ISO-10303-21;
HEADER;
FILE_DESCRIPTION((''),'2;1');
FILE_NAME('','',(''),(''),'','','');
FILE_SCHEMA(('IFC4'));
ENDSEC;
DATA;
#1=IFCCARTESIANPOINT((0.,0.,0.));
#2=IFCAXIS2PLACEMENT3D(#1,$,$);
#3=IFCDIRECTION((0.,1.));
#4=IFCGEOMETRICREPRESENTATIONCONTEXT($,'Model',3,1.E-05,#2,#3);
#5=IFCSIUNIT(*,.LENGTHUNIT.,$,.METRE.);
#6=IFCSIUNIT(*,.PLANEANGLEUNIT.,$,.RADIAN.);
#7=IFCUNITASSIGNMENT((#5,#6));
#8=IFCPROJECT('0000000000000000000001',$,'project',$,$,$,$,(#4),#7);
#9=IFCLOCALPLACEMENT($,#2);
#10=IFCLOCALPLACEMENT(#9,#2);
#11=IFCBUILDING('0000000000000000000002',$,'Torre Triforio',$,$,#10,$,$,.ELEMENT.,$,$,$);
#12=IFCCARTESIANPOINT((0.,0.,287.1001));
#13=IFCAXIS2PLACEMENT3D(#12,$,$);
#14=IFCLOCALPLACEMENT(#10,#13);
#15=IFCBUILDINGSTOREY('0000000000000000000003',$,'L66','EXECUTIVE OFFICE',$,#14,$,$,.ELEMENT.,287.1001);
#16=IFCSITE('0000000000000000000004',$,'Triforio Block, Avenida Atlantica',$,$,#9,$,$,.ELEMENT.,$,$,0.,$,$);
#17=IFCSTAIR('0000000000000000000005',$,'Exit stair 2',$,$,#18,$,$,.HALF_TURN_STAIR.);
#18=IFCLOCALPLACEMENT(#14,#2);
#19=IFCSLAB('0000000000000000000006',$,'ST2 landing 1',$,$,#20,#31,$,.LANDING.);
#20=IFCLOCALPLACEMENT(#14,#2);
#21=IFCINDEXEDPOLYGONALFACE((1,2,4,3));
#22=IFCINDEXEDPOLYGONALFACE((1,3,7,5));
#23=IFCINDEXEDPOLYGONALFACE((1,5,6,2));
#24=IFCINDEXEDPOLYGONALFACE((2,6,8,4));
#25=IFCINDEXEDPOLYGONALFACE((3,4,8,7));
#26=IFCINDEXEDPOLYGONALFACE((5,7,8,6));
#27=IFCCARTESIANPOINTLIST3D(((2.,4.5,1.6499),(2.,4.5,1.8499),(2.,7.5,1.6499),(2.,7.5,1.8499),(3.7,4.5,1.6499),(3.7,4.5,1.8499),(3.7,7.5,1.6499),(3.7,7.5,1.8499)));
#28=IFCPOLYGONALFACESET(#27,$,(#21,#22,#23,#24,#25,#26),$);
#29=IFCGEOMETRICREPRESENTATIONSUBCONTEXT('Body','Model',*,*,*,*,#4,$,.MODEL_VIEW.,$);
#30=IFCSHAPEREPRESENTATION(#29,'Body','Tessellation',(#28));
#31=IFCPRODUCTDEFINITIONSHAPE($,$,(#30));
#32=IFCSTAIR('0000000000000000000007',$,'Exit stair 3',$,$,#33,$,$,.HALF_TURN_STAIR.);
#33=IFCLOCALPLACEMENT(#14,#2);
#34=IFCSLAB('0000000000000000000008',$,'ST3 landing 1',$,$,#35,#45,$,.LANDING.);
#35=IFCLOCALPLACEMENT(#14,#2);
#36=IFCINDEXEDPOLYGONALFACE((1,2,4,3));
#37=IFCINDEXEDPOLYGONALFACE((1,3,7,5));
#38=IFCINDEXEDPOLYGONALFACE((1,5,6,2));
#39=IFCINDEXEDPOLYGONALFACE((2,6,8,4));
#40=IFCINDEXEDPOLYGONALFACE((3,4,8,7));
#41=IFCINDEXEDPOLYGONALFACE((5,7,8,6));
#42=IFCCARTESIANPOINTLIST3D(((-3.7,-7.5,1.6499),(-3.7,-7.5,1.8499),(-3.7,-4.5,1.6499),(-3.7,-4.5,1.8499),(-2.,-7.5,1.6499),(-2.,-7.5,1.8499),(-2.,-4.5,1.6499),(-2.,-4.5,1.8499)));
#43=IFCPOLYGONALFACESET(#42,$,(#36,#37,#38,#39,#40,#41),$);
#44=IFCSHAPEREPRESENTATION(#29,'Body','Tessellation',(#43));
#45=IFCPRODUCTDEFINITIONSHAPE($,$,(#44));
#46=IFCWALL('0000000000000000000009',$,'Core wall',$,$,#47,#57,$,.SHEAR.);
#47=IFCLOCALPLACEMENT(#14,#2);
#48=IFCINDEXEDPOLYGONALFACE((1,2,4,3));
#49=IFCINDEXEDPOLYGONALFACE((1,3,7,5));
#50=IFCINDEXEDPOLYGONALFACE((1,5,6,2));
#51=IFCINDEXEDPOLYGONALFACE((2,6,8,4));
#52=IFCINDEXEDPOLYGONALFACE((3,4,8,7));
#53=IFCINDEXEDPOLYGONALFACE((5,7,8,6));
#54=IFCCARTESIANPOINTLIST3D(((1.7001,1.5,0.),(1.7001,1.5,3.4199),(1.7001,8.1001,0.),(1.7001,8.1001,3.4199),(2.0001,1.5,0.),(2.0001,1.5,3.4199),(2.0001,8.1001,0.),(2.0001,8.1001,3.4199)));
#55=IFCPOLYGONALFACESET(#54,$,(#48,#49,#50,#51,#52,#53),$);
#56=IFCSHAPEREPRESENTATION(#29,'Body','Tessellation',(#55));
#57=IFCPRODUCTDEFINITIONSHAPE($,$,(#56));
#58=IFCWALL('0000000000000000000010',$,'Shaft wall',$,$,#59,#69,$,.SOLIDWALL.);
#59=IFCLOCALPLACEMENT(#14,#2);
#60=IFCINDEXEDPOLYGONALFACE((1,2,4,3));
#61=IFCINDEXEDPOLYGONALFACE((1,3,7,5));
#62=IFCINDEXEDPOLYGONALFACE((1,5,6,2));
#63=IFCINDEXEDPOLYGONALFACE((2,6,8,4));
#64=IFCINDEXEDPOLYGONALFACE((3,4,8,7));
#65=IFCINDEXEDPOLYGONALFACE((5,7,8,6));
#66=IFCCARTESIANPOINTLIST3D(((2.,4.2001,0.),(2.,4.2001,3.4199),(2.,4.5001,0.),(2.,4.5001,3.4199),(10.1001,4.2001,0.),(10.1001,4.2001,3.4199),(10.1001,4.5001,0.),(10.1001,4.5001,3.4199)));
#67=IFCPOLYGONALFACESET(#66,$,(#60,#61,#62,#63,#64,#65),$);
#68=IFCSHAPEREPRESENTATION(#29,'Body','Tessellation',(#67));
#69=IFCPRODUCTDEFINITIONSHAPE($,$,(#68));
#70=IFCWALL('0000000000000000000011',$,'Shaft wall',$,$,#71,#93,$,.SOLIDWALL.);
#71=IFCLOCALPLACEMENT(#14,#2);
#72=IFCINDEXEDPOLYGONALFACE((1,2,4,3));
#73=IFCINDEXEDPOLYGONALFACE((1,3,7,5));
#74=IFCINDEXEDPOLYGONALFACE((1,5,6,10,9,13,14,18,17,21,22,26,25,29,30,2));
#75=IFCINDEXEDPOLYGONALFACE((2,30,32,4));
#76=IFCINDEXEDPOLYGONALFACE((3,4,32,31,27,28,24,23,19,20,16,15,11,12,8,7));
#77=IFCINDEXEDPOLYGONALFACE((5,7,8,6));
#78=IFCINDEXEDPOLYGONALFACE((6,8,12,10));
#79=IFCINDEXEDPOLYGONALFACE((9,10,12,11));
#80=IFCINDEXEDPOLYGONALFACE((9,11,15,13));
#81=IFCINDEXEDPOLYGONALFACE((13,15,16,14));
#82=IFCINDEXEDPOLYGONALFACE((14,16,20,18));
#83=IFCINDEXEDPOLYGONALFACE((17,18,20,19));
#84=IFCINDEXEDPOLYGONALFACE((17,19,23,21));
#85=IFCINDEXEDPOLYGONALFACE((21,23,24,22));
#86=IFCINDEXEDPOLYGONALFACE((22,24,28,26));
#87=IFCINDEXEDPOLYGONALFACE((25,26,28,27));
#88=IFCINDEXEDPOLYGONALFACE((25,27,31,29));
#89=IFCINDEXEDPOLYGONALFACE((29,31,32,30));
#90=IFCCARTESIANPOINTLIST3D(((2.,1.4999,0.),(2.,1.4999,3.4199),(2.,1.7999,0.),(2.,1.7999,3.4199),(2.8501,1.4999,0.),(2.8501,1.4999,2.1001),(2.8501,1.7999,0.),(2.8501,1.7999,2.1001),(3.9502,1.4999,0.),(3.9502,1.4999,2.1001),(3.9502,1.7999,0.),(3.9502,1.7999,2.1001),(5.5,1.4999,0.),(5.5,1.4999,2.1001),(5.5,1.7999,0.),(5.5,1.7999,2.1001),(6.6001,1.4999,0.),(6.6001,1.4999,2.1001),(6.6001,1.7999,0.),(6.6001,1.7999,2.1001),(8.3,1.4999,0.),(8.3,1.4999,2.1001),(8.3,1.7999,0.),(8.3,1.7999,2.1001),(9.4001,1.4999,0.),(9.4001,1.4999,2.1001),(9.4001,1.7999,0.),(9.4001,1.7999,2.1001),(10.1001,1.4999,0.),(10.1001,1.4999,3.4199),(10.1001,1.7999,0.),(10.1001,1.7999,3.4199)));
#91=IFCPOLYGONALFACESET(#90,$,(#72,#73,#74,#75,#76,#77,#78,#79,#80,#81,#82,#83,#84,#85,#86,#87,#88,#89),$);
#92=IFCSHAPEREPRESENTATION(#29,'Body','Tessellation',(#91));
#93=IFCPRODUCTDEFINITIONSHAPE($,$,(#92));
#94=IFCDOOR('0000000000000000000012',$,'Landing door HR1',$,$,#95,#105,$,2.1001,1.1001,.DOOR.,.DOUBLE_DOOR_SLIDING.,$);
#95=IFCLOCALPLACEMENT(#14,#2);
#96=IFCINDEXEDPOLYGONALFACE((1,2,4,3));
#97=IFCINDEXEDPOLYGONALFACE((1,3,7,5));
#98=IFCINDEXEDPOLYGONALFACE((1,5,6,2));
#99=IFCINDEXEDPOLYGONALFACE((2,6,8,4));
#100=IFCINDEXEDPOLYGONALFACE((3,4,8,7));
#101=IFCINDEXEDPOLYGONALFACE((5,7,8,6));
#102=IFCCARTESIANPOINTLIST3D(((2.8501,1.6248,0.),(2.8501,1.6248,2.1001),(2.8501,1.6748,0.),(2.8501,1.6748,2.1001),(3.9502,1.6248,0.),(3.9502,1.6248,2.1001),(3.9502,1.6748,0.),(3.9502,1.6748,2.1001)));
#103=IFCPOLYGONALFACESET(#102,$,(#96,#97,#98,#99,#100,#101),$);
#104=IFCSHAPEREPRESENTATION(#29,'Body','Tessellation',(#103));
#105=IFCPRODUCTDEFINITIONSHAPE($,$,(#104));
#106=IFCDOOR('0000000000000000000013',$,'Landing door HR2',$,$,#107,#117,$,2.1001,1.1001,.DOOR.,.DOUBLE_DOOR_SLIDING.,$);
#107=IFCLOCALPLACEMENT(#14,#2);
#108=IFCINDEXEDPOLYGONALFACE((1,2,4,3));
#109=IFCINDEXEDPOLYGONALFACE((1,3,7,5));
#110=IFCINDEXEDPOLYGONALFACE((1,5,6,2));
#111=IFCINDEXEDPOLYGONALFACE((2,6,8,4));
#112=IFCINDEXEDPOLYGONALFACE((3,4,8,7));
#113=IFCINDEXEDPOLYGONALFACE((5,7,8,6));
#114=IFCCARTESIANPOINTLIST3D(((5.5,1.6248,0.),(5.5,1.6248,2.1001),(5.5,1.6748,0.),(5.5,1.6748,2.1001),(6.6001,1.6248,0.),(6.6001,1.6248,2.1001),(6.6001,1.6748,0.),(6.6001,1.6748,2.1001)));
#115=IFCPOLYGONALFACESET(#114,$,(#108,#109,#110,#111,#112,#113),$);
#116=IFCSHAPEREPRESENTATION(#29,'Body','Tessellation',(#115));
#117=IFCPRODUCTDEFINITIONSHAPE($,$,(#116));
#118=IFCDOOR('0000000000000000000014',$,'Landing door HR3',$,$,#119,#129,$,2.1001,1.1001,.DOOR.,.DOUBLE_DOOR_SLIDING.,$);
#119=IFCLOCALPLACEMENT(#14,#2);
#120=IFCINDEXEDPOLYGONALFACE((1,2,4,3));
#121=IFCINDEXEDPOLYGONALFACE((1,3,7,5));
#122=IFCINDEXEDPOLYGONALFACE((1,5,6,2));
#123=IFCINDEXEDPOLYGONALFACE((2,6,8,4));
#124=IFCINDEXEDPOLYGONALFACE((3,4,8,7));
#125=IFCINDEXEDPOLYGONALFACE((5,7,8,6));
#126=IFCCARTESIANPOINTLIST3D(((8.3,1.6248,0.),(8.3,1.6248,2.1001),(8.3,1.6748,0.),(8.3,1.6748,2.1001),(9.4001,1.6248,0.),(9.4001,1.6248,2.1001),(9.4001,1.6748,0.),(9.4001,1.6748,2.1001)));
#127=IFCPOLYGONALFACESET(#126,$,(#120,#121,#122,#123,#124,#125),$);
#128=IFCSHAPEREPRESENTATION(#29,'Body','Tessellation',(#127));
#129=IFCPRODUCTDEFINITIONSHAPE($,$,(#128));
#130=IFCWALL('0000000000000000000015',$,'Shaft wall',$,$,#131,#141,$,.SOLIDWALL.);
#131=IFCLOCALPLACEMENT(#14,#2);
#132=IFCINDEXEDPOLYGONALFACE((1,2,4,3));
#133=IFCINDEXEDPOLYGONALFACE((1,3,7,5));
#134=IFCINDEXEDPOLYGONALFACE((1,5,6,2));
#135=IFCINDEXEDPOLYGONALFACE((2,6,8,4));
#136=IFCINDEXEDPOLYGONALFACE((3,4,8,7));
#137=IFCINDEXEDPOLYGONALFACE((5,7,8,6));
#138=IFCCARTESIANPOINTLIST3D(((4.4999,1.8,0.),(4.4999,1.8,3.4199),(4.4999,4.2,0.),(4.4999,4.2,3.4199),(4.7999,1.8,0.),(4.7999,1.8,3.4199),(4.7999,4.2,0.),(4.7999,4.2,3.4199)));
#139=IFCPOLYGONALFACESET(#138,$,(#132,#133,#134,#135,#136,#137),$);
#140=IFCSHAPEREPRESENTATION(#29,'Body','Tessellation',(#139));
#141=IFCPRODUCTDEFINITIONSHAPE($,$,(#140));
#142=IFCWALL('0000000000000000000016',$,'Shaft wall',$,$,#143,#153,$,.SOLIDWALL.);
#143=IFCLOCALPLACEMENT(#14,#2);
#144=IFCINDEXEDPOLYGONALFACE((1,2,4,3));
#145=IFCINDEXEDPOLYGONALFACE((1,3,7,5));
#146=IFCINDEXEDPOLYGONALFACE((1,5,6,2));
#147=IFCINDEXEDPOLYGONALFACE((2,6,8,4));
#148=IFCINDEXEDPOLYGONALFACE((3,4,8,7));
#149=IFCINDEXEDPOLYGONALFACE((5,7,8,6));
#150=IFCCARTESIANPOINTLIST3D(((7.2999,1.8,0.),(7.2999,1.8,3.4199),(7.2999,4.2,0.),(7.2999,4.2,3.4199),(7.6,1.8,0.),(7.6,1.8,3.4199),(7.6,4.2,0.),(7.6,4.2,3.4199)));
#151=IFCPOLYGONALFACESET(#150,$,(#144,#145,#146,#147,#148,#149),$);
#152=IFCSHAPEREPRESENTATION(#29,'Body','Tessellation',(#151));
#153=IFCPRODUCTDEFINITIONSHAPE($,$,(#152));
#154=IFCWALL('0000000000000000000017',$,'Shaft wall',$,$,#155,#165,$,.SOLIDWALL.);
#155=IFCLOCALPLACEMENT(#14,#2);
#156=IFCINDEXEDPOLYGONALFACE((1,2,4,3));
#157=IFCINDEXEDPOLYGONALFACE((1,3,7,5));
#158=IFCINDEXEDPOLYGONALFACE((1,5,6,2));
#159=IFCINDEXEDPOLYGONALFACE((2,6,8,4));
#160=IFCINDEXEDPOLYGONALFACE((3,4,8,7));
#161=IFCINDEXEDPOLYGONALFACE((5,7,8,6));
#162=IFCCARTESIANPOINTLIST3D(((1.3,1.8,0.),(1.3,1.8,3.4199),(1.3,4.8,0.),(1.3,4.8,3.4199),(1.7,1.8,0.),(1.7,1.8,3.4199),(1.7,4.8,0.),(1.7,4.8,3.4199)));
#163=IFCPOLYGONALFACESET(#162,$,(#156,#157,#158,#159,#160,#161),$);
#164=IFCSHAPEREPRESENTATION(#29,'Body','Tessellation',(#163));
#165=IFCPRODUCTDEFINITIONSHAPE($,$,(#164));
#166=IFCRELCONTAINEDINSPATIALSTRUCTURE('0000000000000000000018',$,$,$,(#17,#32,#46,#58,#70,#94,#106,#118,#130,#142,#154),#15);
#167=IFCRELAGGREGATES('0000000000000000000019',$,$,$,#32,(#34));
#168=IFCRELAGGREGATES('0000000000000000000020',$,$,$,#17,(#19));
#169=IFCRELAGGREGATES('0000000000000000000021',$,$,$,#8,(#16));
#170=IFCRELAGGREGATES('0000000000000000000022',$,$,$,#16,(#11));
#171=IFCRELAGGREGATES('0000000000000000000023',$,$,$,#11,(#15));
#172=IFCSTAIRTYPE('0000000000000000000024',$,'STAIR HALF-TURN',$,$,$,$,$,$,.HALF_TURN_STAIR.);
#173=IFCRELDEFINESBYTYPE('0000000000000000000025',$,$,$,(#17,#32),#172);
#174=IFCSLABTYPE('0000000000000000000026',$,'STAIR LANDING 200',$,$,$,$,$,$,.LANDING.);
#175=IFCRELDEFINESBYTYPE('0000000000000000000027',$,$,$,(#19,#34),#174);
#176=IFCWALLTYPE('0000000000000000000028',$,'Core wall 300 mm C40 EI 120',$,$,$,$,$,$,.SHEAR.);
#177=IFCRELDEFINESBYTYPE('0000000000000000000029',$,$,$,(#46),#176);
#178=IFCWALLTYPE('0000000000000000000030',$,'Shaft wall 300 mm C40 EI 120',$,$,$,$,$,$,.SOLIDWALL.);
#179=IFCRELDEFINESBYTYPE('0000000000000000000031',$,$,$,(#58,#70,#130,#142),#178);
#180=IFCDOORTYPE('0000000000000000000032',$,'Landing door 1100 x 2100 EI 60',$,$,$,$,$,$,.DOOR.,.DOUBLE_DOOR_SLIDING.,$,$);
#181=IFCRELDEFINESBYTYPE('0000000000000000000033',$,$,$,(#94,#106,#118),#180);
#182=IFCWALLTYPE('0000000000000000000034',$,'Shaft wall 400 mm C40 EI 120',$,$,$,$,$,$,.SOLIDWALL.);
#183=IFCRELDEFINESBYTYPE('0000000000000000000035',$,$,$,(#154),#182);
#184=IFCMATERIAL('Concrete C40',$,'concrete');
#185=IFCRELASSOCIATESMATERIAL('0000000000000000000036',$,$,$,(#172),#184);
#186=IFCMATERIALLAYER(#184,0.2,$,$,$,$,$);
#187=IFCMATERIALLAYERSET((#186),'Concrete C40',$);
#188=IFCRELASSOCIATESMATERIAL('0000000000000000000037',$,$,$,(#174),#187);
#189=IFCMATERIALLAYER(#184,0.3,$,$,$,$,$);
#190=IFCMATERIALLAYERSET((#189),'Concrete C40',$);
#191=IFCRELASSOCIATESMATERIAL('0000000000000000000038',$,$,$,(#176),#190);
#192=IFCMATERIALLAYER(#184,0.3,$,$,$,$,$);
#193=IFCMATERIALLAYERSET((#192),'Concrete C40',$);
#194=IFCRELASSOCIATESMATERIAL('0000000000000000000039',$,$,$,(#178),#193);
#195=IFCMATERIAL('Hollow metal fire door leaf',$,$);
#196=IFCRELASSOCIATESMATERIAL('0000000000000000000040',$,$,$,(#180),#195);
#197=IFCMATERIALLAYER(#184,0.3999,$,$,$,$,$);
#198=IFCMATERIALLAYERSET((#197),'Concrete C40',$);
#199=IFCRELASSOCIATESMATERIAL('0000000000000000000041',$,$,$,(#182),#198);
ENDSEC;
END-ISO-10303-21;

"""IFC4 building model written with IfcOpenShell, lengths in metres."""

from ifc_helpers import new_model, si_unit, direction, frame, frame_2d, origin, place, context, subcontext, project, spatial, polyline, rectangle, outline, extrude, material, layer, layer_set, type_object, element, fill, aggregate, save


model = new_model("IFC4")

# Units and contexts
model_context = context("Model", 3, precision=1e-05, world=origin(), true_north=direction((0.0, 1.0)))
body_context = subcontext(model_context, "Body", "Model", "MODEL_VIEW")
ifc_project = project(units=[si_unit("LENGTHUNIT", "METRE"), si_unit("PLANEANGLEUNIT", "RADIAN")], contexts=[model_context])

# Site, building, storey
site_placement = place(None, origin())
site = spatial("IfcSite", under=ifc_project, at=site_placement, Name="Triforio Block, Avenida Atlantica", CompositionType="ELEMENT", RefElevation=0.0)
building_placement = place(site_placement, origin())
building = spatial("IfcBuilding", under=site, at=building_placement, Name="Torre Triforio", CompositionType="ELEMENT")
storey_placement = place(building_placement, frame((0.0, 0.0, 287.1001)))
storey = spatial("IfcBuildingStorey", under=building, at=storey_placement, Name="L66", Description="EXECUTIVE OFFICE", CompositionType="ELEMENT", Elevation=287.1001)

# Stairs, slabs
ifc_material_1 = material(Name="Concrete C40", Category="concrete")
stair_type = type_object("IfcStairType", Name="STAIR HALF-TURN", PredefinedType="HALF_TURN_STAIR", material=ifc_material_1)
stair_1_placement = place(storey_placement, origin())
stair_1 = element("IfcStair", 1, at=stair_1_placement, inside=storey, type_object=stair_type, Name="Exit stair 2", PredefinedType="HALF_TURN_STAIR")
ifc_layer_1 = layer(ifc_material_1, 0.2)
ifc_layer_set_1 = layer_set([ifc_layer_1], Name="Concrete C40")
slab_type = type_object("IfcSlabType", Name="STAIR LANDING 200", PredefinedType="LANDING", material=ifc_layer_set_1)
slab_1_placement = place(storey_placement, frame((0.0, 0.0, 1.6499)))
slab_1 = element("IfcSlab", 2, at=slab_1_placement, type_object=slab_type, Name="ST2 landing 1", PredefinedType="LANDING", context=body_context, shape_type="SweptSolid", body=[
    extrude(outline(polyline([(3.7, 4.5), (3.7, 7.5), (2.0, 7.5), (2.0, 4.5), (3.7, 4.5)])), origin(), (0.0, 0.0, 1.0), 0.2),
])
stair_2_placement = place(storey_placement, origin())
stair_2 = element("IfcStair", 3, at=stair_2_placement, inside=storey, type_object=stair_type, Name="Exit stair 3", PredefinedType="HALF_TURN_STAIR")
slab_2_placement = place(storey_placement, frame((0.0, 0.0, 1.6499)))
slab_2 = element("IfcSlab", 4, at=slab_2_placement, type_object=slab_type, Name="ST3 landing 1", PredefinedType="LANDING", context=body_context, shape_type="SweptSolid", body=[
    extrude(outline(polyline([(-2.0, -7.5), (-2.0, -4.5), (-3.7, -4.5), (-3.7, -7.5), (-2.0, -7.5)])), origin(), (0.0, 0.0, 1.0), 0.2),
])
aggregate(stair_2, [slab_2])

# Walls
ifc_layer_2 = layer(ifc_material_1, 0.3)
ifc_layer_set_2 = layer_set([ifc_layer_2], Name="Concrete C40")
wall_type_1 = type_object("IfcWallType", Name="Core wall 300 mm C40 EI 120", PredefinedType="SHEAR", material=ifc_layer_set_2)
wall_1_placement = place(storey_placement, frame((1.8501, 1.5, 0.0), z_axis=(0.0, 0.0, 1.0), x_axis=(0.0, 1.0, 0.0)))
element("IfcWall", 5, at=wall_1_placement, inside=storey, type_object=wall_type_1, Name="Core wall", PredefinedType="SHEAR", context=body_context, shape_type="SweptSolid", body=[
    extrude(rectangle(XDim=6.6001, YDim=0.3, at=frame_2d((3.3, 0.0))), origin(), (0.0, 0.0, 1.0), 3.4199),
])
ifc_layer_3 = layer(ifc_material_1, 0.3)
ifc_layer_set_3 = layer_set([ifc_layer_3], Name="Concrete C40")
wall_type_2 = type_object("IfcWallType", Name="Shaft wall 300 mm C40 EI 120", PredefinedType="SOLIDWALL", material=ifc_layer_set_3)
wall_2_placement = place(storey_placement, frame((2.0, 4.3501, 0.0), z_axis=(0.0, 0.0, 1.0), x_axis=(1.0, 0.0, 0.0)))
element("IfcWall", 6, at=wall_2_placement, inside=storey, type_object=wall_type_2, Name="Shaft wall", PredefinedType="SOLIDWALL", context=body_context, shape_type="SweptSolid", body=[
    extrude(rectangle(XDim=8.1001, YDim=0.3, at=frame_2d((4.05, 0.0))), origin(), (0.0, 0.0, 1.0), 3.4199),
])

# Wall, openings, doors
wall_3_placement = place(storey_placement, frame((2.0, 1.6499, 0.0), z_axis=(0.0, 0.0, 1.0), x_axis=(1.0, 0.0, 0.0)))
wall_3 = element("IfcWall", 7, at=wall_3_placement, inside=storey, type_object=wall_type_2, Name="Shaft wall", PredefinedType="SOLIDWALL", context=body_context, shape_type="SweptSolid", body=[
    extrude(rectangle(XDim=8.1001, YDim=0.3, at=frame_2d((4.05, 0.0))), origin(), (0.0, 0.0, 1.0), 3.4199),
])
opening_1_placement = place(wall_3_placement, frame((0.8501, 0.0, 0.0)))
opening_1 = element("IfcOpeningElement", 8, at=opening_1_placement, cuts=wall_3, PredefinedType="OPENING", context=body_context, shape_type="SweptSolid", body=[
    extrude(rectangle(XDim=1.1001, YDim=2.1001, at=frame_2d((0.55, 1.05))), frame((0.0, 0.1599, 0.0), z_axis=(0.0, -1.0, 0.0), x_axis=(1.0, 0.0, 0.0)), (0.0, 0.0, 1.0), 0.3201),
])
opening_2_placement = place(wall_3_placement, frame((3.5, 0.0, 0.0)))
opening_2 = element("IfcOpeningElement", 9, at=opening_2_placement, cuts=wall_3, PredefinedType="OPENING", context=body_context, shape_type="SweptSolid", body=[
    extrude(rectangle(XDim=1.1001, YDim=2.1001, at=frame_2d((0.55, 1.05))), frame((0.0, 0.1599, 0.0), z_axis=(0.0, -1.0, 0.0), x_axis=(1.0, 0.0, 0.0)), (0.0, 0.0, 1.0), 0.3201),
])
opening_3_placement = place(wall_3_placement, frame((6.3, 0.0, 0.0)))
opening_3 = element("IfcOpeningElement", 10, at=opening_3_placement, cuts=wall_3, PredefinedType="OPENING", context=body_context, shape_type="SweptSolid", body=[
    extrude(rectangle(XDim=1.1001, YDim=2.1001, at=frame_2d((0.55, 1.05))), frame((0.0, 0.1599, 0.0), z_axis=(0.0, -1.0, 0.0), x_axis=(1.0, 0.0, 0.0)), (0.0, 0.0, 1.0), 0.3201),
])
ifc_material_2 = material(Name="Hollow metal fire door leaf")
door_type_1 = type_object("IfcDoorType", Name="Landing door 1100 x 2100 EI 60", OperationType="DOUBLE_DOOR_SLIDING", PredefinedType="DOOR", material=ifc_material_2)
door_1_placement = place(opening_1_placement, origin())
door_1 = element("IfcDoor", 11, at=door_1_placement, inside=storey, type_object=door_type_1, Name="Landing door HR1", OperationType="DOUBLE_DOOR_SLIDING", OverallHeight=2.1001, OverallWidth=1.1001, PredefinedType="DOOR", context=body_context, shape_type="SweptSolid", body=[
    extrude(rectangle(XDim=1.1001, YDim=2.1001, at=frame_2d((0.55, 1.05))), frame((0.0, 0.0249, 0.0), z_axis=(0.0, -1.0, 0.0), x_axis=(1.0, 0.0, 0.0)), (0.0, 0.0, 1.0), 0.05),
])
fill(opening_1, door_1)
door_2_placement = place(opening_2_placement, origin())
door_2 = element("IfcDoor", 12, at=door_2_placement, inside=storey, type_object=door_type_1, Name="Landing door HR2", OperationType="DOUBLE_DOOR_SLIDING", OverallHeight=2.1001, OverallWidth=1.1001, PredefinedType="DOOR", context=body_context, shape_type="SweptSolid", body=[
    extrude(rectangle(XDim=1.1001, YDim=2.1001, at=frame_2d((0.55, 1.05))), frame((0.0, 0.0249, 0.0), z_axis=(0.0, -1.0, 0.0), x_axis=(1.0, 0.0, 0.0)), (0.0, 0.0, 1.0), 0.05),
])
fill(opening_2, door_2)
door_3_placement = place(opening_3_placement, origin())
door_3 = element("IfcDoor", 13, at=door_3_placement, inside=storey, type_object=door_type_1, Name="Landing door HR3", OperationType="DOUBLE_DOOR_SLIDING", OverallHeight=2.1001, OverallWidth=1.1001, PredefinedType="DOOR", context=body_context, shape_type="SweptSolid", body=[
    extrude(rectangle(XDim=1.1001, YDim=2.1001, at=frame_2d((0.55, 1.05))), frame((0.0, 0.0249, 0.0), z_axis=(0.0, -1.0, 0.0), x_axis=(1.0, 0.0, 0.0)), (0.0, 0.0, 1.0), 0.05),
])
fill(opening_3, door_3)

# Walls
for number, where, z_axis, x_axis, name in (
    (14, (4.6499, 1.8, 0.0), (0.0, 0.0, 1.0), (0.0, 1.0, 0.0), "Shaft wall"),
    (15, (7.45, 1.8, 0.0), (0.0, 0.0, 1.0), (0.0, 1.0, 0.0), "Shaft wall"),
):
    element("IfcWall", number, at=place(storey_placement, frame(where, z_axis=z_axis, x_axis=x_axis)), inside=storey, type_object=wall_type_2, Name=name, PredefinedType="SOLIDWALL", context=body_context, shape_type="SweptSolid", body=[
        extrude(rectangle(XDim=2.3999, YDim=0.3, at=frame_2d((1.2, 0.0))), origin(), (0.0, 0.0, 1.0), 3.4199),
    ])
ifc_layer_4 = layer(ifc_material_1, 0.3999)
ifc_layer_set_4 = layer_set([ifc_layer_4], Name="Concrete C40")
wall_type_3 = type_object("IfcWallType", Name="Shaft wall 400 mm C40 EI 120", PredefinedType="SOLIDWALL", material=ifc_layer_set_4)
wall_4_placement = place(storey_placement, frame((1.5, 1.8, 0.0), z_axis=(0.0, 0.0, 1.0), x_axis=(0.0, 1.0, 0.0)))
element("IfcWall", 16, at=wall_4_placement, inside=storey, type_object=wall_type_3, Name="Shaft wall", PredefinedType="SOLIDWALL", context=body_context, shape_type="SweptSolid", body=[
    extrude(rectangle(XDim=3.0, YDim=0.3999, at=frame_2d((1.5, 0.0))), origin(), (0.0, 0.0, 1.0), 3.4199),
])

aggregate(stair_1, [slab_1])

save(model, "model.ifc")
